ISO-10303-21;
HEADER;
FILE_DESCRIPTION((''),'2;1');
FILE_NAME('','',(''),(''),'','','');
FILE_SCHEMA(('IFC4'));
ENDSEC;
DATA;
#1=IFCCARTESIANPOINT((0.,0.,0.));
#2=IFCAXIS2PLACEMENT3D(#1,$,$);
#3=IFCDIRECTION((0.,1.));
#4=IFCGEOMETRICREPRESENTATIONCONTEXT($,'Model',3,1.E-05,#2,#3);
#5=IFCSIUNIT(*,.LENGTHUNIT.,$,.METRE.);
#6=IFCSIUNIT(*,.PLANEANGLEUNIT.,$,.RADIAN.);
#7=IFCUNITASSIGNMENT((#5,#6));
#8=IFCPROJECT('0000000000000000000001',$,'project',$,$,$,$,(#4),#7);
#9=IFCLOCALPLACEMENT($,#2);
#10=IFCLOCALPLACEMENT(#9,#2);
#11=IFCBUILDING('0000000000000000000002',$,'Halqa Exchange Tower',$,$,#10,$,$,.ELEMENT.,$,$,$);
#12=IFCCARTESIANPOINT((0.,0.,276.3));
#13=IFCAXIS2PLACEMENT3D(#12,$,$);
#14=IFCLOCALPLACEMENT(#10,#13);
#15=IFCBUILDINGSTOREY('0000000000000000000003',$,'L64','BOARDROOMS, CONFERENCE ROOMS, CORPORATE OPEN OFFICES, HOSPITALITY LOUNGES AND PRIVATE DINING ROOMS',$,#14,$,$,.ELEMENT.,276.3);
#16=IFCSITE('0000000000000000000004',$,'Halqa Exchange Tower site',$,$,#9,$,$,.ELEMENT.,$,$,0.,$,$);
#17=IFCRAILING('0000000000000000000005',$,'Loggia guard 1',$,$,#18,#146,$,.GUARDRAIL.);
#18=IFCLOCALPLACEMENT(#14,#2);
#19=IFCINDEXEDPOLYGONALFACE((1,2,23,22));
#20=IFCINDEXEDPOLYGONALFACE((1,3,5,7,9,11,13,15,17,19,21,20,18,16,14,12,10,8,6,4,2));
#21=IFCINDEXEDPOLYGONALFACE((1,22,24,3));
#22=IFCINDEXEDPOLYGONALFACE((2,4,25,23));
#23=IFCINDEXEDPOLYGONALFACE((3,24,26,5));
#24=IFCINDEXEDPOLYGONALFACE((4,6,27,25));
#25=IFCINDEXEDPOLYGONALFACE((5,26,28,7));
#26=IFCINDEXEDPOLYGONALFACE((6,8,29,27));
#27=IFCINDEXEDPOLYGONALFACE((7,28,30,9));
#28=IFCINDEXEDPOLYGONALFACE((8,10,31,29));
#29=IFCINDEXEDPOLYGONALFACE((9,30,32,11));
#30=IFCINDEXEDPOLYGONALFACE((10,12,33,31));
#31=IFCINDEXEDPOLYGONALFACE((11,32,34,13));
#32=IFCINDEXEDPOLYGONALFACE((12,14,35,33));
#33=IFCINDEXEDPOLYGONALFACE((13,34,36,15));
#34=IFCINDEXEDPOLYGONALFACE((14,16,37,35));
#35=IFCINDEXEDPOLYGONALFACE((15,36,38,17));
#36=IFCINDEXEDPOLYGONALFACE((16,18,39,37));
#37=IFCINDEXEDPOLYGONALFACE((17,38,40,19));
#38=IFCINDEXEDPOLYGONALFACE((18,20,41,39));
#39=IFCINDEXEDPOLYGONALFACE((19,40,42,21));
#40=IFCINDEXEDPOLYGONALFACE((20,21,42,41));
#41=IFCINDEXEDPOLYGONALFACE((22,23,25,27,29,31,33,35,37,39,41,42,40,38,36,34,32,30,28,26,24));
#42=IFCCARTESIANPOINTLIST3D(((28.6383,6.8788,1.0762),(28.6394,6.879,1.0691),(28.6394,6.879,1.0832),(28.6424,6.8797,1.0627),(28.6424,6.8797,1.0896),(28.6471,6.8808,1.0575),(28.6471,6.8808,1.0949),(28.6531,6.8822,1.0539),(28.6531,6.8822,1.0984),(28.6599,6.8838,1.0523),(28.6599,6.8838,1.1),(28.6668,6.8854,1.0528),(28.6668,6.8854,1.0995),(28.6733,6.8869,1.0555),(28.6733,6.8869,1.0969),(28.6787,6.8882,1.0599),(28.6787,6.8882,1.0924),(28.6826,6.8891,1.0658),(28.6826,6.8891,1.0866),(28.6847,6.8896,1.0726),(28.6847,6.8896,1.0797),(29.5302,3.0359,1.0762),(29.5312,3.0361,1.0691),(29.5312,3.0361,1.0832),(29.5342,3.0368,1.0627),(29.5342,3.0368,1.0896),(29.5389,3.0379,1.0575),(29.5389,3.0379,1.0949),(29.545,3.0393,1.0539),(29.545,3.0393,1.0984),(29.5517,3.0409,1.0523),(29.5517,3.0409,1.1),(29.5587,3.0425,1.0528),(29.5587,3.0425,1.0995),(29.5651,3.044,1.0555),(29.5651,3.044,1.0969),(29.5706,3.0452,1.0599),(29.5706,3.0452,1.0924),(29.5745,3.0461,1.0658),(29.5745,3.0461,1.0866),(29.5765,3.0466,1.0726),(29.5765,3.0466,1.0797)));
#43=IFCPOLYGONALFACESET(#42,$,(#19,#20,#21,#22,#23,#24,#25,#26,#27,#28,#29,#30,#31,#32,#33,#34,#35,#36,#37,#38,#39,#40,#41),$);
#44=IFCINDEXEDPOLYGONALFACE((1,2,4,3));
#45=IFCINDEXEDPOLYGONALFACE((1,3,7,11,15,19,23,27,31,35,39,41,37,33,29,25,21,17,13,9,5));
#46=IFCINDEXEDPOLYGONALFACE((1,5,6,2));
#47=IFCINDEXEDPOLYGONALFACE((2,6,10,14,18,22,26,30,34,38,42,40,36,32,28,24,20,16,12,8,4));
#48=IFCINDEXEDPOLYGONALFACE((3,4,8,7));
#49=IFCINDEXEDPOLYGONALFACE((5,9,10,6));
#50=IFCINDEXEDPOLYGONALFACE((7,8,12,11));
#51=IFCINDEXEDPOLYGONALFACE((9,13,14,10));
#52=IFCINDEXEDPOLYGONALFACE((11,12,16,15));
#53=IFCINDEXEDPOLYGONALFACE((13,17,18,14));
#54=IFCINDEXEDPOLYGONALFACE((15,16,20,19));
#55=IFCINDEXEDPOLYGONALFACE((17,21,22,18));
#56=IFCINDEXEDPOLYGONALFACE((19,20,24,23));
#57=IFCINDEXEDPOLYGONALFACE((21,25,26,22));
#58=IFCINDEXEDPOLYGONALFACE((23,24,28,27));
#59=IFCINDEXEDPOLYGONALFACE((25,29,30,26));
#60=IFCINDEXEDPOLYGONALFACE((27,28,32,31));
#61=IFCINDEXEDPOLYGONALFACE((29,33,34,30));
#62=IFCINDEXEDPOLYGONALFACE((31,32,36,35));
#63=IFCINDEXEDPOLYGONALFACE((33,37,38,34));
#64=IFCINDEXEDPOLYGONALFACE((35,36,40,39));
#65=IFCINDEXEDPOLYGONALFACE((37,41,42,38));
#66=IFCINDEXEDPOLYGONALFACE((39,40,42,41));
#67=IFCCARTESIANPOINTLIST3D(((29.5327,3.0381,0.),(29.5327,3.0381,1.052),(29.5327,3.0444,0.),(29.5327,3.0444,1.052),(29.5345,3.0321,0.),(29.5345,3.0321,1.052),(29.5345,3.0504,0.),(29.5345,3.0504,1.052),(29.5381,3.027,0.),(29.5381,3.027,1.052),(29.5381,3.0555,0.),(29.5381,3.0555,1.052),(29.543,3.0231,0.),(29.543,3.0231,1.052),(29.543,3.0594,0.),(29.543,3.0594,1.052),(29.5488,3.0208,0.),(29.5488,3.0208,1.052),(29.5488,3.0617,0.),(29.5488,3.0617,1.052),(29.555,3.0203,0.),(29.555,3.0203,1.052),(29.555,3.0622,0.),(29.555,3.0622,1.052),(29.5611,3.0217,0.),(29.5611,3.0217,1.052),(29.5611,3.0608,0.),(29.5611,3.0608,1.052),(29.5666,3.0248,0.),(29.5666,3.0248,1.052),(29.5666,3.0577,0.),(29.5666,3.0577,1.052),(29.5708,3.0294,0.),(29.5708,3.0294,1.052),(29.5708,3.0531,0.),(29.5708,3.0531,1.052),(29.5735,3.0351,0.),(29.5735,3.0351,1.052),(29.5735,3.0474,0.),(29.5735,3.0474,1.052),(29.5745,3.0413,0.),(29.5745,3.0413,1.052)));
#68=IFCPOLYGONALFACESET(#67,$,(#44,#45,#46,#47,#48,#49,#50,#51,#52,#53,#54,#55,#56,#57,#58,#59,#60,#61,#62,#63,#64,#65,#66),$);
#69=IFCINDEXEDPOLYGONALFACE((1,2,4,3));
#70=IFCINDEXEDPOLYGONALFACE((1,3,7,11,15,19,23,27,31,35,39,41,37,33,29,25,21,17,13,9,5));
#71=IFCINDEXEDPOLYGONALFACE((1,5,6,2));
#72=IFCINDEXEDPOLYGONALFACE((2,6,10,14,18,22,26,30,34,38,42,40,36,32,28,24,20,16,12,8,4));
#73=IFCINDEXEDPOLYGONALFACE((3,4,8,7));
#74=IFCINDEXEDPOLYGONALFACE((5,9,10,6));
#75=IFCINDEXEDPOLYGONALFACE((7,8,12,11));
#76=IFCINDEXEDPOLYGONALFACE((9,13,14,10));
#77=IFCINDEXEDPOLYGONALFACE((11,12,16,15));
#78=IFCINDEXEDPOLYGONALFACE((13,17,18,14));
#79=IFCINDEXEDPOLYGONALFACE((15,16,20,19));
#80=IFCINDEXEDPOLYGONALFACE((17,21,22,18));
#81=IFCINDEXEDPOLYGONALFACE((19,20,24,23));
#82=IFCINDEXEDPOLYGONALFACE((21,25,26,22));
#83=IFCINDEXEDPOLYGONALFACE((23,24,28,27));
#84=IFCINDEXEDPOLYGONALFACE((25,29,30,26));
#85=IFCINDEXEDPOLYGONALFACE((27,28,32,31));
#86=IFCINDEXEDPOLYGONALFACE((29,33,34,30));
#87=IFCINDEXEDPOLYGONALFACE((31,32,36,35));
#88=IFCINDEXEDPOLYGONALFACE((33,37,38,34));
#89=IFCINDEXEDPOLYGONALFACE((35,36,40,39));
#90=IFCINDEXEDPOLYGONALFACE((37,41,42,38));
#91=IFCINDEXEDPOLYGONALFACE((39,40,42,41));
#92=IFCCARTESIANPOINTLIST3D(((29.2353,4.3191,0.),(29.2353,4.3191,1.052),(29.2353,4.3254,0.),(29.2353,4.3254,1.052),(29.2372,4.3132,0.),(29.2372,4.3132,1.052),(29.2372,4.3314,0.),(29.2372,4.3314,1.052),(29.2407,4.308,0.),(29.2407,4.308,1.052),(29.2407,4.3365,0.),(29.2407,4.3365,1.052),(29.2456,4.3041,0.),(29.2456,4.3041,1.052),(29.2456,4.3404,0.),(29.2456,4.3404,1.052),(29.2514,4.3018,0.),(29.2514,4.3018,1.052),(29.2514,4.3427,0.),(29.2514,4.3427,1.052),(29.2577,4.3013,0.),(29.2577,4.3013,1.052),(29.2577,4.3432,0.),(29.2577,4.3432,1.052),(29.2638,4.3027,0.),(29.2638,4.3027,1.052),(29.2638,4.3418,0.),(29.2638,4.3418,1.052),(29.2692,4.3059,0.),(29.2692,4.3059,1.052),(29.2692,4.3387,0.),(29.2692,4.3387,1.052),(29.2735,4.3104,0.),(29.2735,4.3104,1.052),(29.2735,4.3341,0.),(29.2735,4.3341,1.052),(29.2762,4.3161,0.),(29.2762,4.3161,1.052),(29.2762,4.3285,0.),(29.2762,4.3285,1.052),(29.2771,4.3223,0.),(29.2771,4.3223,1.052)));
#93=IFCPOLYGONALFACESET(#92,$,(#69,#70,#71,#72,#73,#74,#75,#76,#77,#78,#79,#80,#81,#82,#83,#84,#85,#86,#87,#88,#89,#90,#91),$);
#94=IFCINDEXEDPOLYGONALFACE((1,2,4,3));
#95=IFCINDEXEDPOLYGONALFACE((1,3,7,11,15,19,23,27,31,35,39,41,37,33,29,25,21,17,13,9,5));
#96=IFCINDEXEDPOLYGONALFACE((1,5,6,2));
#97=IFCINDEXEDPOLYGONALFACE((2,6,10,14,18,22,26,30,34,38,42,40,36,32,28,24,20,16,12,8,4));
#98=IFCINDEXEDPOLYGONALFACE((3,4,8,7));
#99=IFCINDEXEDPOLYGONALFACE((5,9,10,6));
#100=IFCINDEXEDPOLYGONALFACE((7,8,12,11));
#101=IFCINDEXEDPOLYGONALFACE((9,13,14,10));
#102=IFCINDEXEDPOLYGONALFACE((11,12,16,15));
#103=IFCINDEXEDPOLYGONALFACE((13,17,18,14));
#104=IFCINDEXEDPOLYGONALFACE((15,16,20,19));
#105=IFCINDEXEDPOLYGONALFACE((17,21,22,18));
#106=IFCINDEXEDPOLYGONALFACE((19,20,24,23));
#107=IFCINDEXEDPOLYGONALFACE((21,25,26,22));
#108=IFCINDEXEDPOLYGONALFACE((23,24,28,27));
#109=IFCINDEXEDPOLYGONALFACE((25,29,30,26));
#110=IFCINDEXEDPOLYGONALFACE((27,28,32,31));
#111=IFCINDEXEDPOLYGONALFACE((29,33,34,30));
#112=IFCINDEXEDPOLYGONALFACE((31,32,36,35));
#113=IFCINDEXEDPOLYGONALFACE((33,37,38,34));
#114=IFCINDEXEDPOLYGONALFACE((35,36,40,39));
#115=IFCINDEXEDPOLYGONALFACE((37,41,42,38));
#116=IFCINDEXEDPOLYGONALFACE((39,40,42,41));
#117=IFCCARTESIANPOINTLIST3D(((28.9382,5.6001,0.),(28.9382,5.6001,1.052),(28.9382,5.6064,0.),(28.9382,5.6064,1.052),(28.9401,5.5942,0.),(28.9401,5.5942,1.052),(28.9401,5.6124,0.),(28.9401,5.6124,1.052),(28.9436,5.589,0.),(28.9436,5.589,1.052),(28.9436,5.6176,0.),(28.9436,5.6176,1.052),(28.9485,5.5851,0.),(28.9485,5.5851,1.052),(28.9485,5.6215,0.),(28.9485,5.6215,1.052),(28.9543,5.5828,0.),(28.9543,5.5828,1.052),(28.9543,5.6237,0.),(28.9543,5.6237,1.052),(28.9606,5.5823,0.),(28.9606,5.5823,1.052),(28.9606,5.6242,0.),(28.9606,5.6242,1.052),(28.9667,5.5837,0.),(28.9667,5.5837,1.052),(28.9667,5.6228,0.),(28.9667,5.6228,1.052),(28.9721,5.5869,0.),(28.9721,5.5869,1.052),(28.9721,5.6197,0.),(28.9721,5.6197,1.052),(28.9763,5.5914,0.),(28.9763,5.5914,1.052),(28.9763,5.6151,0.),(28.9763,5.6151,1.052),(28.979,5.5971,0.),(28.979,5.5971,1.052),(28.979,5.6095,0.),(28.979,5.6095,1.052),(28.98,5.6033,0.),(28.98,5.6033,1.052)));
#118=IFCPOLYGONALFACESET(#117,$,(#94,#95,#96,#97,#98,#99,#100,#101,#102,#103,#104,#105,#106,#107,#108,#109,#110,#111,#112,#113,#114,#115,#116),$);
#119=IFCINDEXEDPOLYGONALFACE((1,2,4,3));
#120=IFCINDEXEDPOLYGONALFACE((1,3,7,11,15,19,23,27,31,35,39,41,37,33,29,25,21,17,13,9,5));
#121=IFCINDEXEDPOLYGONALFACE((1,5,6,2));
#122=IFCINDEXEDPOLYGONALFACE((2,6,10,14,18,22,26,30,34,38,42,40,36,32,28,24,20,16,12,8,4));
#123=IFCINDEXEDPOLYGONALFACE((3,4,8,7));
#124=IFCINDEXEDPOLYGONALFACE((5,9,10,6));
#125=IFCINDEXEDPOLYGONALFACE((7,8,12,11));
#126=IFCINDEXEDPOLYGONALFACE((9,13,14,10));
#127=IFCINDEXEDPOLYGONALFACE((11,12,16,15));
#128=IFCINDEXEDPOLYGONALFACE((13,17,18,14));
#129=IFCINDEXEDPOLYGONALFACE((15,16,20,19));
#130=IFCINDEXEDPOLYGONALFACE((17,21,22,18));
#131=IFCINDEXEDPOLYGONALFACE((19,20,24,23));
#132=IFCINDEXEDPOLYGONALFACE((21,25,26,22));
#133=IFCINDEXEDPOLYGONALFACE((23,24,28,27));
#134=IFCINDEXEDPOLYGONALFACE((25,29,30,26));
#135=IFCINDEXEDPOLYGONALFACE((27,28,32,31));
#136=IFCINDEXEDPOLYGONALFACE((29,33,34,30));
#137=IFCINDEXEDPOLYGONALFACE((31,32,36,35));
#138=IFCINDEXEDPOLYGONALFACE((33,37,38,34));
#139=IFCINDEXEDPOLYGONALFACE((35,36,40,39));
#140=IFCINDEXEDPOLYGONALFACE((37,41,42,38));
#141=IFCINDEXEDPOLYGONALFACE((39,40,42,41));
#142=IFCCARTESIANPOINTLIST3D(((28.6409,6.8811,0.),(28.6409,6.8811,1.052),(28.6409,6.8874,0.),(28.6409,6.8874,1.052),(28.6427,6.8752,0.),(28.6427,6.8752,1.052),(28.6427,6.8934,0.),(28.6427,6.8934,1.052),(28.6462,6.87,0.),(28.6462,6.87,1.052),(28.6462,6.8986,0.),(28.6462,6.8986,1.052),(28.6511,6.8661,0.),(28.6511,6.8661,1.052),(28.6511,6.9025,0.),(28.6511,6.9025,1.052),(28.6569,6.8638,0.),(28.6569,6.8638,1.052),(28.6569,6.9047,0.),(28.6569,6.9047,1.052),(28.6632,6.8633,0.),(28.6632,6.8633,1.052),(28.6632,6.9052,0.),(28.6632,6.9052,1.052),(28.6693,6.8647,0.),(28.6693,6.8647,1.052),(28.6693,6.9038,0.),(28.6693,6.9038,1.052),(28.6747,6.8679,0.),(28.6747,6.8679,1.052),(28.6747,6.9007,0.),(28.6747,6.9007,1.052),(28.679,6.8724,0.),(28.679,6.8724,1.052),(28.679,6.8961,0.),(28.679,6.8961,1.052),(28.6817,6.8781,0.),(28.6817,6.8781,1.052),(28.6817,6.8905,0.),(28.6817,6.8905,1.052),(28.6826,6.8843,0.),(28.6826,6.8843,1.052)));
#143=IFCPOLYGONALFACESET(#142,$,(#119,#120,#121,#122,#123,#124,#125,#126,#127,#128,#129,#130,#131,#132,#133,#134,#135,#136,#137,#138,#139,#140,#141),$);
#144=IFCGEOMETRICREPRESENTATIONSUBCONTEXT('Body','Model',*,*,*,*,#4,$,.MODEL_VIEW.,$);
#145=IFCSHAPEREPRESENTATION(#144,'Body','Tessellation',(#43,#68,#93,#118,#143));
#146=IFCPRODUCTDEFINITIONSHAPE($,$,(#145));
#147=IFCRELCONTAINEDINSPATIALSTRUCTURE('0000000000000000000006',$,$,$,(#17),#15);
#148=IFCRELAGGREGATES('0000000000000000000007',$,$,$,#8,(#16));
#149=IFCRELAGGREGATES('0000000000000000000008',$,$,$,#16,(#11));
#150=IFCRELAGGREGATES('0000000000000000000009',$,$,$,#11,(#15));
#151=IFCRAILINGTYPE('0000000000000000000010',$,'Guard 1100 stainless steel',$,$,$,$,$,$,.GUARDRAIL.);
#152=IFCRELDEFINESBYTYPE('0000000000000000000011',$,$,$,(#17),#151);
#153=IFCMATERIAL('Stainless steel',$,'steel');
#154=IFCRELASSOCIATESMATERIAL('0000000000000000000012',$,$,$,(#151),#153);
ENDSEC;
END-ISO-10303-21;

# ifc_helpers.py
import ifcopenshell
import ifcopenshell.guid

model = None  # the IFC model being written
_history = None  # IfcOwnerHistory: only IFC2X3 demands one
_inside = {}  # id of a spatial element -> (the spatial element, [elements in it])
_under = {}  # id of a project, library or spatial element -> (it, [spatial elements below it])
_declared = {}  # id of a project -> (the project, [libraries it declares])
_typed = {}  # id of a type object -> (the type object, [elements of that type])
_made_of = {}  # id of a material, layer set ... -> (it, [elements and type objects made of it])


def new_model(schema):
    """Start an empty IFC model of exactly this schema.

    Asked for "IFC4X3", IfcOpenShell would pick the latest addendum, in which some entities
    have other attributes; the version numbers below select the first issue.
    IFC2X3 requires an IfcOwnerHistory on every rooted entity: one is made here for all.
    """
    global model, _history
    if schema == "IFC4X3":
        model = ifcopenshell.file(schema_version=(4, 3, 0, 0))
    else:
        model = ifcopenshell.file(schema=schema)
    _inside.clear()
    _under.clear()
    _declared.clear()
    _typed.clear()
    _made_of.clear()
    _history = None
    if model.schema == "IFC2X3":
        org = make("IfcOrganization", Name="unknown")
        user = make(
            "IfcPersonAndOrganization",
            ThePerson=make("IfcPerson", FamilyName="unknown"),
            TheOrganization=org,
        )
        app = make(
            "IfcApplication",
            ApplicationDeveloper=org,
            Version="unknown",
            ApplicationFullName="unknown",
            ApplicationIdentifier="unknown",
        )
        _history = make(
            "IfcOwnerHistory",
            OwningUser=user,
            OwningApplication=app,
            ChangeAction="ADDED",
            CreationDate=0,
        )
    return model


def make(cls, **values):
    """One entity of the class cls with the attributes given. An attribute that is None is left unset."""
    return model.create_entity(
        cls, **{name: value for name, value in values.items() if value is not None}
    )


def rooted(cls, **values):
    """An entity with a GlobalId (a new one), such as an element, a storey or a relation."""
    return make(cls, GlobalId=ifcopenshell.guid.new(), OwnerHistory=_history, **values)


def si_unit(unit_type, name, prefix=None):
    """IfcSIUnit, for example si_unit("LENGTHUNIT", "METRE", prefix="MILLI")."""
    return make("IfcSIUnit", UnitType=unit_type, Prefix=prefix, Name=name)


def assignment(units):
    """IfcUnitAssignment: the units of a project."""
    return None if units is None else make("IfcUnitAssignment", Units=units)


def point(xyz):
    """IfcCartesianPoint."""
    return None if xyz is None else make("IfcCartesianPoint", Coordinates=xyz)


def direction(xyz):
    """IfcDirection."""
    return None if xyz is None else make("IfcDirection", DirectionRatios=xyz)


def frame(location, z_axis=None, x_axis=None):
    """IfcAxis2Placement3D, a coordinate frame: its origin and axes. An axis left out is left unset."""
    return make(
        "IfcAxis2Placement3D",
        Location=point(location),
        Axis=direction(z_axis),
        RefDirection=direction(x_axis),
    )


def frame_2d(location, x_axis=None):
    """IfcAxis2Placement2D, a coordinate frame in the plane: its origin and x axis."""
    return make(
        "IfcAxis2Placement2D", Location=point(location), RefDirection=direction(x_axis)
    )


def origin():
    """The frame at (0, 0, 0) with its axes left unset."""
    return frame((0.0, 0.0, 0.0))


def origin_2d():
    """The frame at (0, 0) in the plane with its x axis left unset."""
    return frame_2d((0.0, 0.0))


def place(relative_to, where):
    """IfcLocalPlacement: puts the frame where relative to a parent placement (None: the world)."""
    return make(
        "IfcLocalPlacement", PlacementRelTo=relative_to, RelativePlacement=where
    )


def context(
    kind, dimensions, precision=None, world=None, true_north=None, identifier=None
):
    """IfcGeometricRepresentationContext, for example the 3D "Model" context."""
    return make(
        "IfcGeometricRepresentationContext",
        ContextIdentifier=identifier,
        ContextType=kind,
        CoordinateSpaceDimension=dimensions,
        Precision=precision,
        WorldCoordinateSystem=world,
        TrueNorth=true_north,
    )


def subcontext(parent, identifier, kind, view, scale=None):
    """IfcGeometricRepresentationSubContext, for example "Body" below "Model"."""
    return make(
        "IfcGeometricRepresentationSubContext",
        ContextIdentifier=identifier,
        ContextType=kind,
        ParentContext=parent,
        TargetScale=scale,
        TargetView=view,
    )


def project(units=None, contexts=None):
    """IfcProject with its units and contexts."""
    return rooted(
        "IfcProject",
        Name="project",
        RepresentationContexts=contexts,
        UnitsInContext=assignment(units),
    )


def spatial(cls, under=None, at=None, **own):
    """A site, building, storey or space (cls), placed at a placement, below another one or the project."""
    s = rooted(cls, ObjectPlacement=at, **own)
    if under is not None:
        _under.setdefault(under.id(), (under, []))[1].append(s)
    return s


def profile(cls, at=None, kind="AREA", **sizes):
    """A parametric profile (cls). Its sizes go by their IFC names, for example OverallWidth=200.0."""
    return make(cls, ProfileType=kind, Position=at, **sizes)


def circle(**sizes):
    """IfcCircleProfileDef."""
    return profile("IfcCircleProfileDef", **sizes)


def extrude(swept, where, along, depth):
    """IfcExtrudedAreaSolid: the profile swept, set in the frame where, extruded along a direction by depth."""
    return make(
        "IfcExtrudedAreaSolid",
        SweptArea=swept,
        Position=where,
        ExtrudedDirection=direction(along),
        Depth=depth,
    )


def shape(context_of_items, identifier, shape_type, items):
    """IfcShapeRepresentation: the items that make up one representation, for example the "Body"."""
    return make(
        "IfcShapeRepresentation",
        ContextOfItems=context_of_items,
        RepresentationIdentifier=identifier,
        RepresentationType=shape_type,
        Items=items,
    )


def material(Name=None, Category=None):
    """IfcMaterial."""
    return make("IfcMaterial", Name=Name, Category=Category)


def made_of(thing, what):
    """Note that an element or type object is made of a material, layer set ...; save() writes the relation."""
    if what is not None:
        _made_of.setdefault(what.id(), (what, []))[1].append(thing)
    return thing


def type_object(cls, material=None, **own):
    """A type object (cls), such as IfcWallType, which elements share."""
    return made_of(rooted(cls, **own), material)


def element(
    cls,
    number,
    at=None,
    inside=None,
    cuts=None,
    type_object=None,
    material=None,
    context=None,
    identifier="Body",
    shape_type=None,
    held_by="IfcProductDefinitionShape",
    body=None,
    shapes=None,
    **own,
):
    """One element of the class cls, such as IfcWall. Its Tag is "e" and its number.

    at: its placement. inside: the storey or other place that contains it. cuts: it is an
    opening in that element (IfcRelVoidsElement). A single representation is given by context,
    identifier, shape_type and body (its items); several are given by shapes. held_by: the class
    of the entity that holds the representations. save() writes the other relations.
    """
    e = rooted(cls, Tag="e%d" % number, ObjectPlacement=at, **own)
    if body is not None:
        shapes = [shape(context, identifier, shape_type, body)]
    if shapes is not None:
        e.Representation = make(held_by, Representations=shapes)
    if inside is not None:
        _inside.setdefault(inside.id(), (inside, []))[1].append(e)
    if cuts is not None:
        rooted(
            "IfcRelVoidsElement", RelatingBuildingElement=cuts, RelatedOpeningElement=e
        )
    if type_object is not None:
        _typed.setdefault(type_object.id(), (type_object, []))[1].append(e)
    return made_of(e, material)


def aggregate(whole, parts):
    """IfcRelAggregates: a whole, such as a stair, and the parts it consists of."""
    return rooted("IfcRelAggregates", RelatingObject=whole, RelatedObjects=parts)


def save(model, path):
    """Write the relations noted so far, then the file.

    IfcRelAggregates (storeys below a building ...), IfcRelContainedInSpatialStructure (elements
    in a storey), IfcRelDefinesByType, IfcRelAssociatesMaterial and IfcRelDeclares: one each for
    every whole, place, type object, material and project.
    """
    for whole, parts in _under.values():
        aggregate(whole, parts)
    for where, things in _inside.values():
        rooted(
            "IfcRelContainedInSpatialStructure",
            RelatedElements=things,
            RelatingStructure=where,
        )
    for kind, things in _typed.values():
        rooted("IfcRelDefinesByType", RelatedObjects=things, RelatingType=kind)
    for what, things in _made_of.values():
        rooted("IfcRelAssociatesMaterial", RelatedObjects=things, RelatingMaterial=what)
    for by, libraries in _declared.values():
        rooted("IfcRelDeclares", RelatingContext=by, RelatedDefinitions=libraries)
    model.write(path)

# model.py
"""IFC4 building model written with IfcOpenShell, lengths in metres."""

from ifc_helpers import new_model, si_unit, direction, frame, origin, origin_2d, place, context, subcontext, project, spatial, circle, extrude, material, type_object, element, save


model = new_model("IFC4")

# Units and contexts
model_context = context("Model", 3, precision=1e-05, world=origin(), true_north=direction((0.0, 1.0)))
body_context = subcontext(model_context, "Body", "Model", "MODEL_VIEW")
ifc_project = project(units=[si_unit("LENGTHUNIT", "METRE"), si_unit("PLANEANGLEUNIT", "RADIAN")], contexts=[model_context])

# Site, building, storey
site_placement = place(None, origin())
site = spatial("IfcSite", under=ifc_project, at=site_placement, Name="Halqa Exchange Tower site", CompositionType="ELEMENT", RefElevation=0.0)
building_placement = place(site_placement, origin())
building = spatial("IfcBuilding", under=site, at=building_placement, Name="Halqa Exchange Tower", CompositionType="ELEMENT")
storey_placement = place(building_placement, frame((0.0, 0.0, 276.3)))
storey = spatial("IfcBuildingStorey", under=building, at=storey_placement, Name="L64", Description="BOARDROOMS, CONFERENCE ROOMS, CORPORATE OPEN OFFICES, HOSPITALITY LOUNGES AND PRIVATE DINING ROOMS", CompositionType="ELEMENT", Elevation=276.3)

# Railing
ifc_material_1 = material(Name="Stainless steel", Category="steel")
railing_type = type_object("IfcRailingType", Name="Guard 1100 stainless steel", PredefinedType="GUARDRAIL", material=ifc_material_1)
railing_1_placement = place(storey_placement, frame((29.5535, 3.0413, 0.0)))
element("IfcRailing", 1, at=railing_1_placement, inside=storey, type_object=railing_type, Name="Loggia guard 1", PredefinedType="GUARDRAIL", context=body_context, shape_type="SweptSolid", body=[
    extrude(circle(Radius=0.0239, at=origin_2d()), frame((0.0, 0.0, 1.0762), z_axis=(-0.226062, 0.974113, 0.0), x_axis=(-0.974113, -0.226062, 0.0)), (0.0, 0.0, 1.0), 3.9451),
    extrude(circle(Radius=0.021, at=origin_2d()), origin(), (0.0, 0.0, 1.0), 1.052),
    extrude(circle(Radius=0.021, at=origin_2d()), frame((-0.2974, 1.281, 0.0)), (0.0, 0.0, 1.0), 1.052),
    extrude(circle(Radius=0.021, at=origin_2d()), frame((-0.5945, 2.562, 0.0)), (0.0, 0.0, 1.0), 1.052),
    extrude(circle(Radius=0.021, at=origin_2d()), frame((-0.8918, 3.843, 0.0)), (0.0, 0.0, 1.0), 1.052),
])

save(model, "model.ifc")
